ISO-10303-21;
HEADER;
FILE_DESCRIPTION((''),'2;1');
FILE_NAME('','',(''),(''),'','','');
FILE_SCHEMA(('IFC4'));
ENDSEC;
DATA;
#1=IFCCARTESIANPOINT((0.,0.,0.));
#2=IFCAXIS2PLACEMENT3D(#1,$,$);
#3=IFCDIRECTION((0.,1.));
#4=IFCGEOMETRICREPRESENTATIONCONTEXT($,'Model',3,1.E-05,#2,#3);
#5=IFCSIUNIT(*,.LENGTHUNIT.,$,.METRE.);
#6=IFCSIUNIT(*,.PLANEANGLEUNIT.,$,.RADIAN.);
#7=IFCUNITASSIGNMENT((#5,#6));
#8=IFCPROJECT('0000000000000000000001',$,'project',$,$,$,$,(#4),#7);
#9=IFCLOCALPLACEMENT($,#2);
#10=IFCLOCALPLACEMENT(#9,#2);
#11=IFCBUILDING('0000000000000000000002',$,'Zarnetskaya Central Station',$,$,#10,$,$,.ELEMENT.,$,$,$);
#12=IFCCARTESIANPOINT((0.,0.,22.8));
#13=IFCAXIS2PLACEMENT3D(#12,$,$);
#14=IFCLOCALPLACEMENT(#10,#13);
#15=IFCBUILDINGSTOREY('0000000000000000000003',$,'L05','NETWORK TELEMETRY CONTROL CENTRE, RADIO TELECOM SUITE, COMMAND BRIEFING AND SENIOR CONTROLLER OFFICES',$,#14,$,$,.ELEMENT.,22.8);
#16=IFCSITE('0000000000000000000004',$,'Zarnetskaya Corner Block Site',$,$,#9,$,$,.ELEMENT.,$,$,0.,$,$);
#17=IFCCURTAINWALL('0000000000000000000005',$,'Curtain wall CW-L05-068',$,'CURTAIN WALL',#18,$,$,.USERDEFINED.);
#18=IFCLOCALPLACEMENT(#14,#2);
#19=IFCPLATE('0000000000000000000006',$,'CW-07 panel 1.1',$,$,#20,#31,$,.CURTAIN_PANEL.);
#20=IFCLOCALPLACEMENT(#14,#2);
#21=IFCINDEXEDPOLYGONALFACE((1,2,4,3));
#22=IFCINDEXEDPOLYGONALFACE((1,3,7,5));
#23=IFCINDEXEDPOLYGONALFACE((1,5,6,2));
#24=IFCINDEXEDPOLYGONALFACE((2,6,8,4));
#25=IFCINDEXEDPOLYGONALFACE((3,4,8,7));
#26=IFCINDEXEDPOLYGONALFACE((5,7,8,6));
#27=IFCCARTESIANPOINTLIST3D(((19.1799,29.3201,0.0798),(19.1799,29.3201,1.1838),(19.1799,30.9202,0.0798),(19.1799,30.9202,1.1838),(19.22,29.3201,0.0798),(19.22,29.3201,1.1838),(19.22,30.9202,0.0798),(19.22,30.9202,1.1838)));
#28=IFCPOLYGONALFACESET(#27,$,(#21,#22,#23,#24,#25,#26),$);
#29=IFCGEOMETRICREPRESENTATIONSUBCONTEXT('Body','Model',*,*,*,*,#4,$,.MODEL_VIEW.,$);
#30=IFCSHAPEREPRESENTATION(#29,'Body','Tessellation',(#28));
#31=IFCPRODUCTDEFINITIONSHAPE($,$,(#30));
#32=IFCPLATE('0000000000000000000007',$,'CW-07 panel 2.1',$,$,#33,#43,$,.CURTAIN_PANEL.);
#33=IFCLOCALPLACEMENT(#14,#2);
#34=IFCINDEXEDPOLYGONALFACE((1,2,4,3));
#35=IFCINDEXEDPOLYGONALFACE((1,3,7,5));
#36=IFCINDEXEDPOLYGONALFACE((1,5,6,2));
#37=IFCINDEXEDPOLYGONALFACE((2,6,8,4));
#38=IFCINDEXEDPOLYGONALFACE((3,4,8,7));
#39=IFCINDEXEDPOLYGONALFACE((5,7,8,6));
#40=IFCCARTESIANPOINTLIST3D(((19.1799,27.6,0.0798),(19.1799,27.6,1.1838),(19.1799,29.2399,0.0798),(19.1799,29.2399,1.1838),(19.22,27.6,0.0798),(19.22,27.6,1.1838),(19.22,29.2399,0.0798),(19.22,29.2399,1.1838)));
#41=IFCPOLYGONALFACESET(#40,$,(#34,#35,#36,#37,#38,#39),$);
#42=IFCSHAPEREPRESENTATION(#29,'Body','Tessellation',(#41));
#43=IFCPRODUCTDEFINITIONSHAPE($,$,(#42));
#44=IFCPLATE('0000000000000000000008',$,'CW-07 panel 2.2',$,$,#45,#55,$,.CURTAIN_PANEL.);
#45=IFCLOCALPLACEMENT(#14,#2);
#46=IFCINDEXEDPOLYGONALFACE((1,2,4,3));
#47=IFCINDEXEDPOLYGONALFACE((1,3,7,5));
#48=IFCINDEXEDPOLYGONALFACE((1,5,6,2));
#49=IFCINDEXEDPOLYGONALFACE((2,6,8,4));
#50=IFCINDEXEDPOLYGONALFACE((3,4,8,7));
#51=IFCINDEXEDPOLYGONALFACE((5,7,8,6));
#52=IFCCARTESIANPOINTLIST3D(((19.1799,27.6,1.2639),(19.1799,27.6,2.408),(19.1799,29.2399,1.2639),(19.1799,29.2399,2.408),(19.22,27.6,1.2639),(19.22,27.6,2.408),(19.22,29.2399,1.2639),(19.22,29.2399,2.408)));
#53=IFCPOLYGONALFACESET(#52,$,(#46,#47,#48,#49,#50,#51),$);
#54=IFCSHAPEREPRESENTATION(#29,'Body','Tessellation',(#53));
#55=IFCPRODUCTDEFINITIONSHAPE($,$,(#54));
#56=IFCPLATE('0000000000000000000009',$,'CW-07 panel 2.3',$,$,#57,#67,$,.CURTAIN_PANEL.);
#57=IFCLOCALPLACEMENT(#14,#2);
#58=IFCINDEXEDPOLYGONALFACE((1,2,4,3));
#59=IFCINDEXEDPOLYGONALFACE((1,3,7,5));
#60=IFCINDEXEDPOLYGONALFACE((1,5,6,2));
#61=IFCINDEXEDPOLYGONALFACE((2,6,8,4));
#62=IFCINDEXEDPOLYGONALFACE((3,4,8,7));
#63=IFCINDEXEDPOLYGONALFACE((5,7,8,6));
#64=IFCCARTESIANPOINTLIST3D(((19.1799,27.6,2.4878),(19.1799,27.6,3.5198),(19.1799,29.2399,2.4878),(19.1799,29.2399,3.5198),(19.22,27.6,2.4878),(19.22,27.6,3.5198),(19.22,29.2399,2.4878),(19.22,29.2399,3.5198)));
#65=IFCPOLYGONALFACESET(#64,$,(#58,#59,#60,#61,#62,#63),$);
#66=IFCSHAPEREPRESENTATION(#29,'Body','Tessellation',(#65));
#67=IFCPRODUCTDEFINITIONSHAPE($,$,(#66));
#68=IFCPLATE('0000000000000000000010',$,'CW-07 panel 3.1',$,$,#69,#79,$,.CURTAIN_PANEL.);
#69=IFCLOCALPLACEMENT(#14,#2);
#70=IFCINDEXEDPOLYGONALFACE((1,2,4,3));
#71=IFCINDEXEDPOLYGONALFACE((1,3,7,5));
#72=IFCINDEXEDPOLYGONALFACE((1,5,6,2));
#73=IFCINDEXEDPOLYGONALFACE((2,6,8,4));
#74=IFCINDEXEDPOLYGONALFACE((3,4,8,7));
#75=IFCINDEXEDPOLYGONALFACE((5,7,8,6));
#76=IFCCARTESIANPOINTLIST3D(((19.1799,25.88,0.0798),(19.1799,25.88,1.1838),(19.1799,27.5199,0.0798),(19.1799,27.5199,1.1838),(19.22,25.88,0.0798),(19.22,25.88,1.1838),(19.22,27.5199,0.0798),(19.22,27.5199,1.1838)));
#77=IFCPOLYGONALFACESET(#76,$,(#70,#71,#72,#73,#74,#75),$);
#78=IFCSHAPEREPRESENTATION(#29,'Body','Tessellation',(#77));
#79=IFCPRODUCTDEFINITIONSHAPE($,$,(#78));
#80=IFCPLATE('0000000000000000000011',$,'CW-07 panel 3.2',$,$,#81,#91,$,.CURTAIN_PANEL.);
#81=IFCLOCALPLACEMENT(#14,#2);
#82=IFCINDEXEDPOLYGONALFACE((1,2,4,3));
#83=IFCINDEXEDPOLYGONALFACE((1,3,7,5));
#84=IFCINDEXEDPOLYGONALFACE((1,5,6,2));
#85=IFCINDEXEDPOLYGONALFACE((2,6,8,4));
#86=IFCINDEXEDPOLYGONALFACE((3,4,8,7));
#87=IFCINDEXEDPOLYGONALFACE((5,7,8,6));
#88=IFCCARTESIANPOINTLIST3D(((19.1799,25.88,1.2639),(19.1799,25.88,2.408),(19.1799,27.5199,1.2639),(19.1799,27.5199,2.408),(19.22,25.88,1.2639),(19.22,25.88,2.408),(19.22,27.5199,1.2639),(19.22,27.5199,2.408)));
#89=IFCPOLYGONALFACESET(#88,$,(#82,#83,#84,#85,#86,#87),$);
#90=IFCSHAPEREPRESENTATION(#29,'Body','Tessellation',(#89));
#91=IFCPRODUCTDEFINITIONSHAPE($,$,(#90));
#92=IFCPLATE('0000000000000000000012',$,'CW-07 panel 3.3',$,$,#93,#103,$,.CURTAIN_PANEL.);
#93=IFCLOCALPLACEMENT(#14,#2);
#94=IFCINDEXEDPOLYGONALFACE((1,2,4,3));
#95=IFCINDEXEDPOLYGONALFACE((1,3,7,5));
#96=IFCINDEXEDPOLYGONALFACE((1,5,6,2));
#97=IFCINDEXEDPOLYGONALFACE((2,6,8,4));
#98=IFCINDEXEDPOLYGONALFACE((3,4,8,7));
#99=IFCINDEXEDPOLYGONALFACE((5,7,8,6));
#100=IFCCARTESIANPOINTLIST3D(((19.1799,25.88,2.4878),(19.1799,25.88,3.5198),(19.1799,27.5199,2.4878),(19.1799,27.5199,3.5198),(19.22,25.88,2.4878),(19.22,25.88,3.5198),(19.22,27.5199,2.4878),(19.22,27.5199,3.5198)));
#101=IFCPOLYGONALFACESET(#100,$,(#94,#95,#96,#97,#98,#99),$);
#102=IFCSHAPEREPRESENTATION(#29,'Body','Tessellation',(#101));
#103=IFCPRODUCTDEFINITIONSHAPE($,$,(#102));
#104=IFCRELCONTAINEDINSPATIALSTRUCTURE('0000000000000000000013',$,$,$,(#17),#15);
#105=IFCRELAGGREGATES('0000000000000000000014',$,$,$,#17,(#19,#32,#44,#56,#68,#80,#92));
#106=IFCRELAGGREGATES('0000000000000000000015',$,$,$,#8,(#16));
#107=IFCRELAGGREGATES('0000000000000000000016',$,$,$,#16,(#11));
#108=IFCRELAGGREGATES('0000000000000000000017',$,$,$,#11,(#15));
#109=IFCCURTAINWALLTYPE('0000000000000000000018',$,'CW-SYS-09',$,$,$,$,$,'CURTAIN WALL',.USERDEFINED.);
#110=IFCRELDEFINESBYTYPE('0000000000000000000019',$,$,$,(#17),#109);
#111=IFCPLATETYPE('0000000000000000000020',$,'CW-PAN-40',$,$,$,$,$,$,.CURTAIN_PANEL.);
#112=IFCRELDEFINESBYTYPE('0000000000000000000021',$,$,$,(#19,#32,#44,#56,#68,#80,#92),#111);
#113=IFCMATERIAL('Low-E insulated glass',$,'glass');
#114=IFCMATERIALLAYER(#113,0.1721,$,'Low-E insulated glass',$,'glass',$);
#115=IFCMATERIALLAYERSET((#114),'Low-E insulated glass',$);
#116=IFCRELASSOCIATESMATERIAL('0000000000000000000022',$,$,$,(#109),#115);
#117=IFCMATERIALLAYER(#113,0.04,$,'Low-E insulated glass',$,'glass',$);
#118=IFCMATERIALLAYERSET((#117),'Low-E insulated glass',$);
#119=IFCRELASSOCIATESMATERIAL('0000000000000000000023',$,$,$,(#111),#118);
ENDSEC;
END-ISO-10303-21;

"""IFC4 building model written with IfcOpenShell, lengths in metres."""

from ifc_helpers import new_model, si_unit, direction, frame, origin, origin_2d, place, context, subcontext, project, spatial, rectangle, extrude, material, layer, layer_set, type_object, element, aggregate, save


model = new_model("IFC4")

# Units and contexts
model_context = context("Model", 3, precision=1e-05, world=origin(), true_north=direction((0.0, 1.0)))
body_context = subcontext(model_context, "Body", "Model", "MODEL_VIEW")
ifc_project = project(units=[si_unit("LENGTHUNIT", "METRE"), si_unit("PLANEANGLEUNIT", "RADIAN")], contexts=[model_context])

# Site, building, storey
site_placement = place(None, origin())
site = spatial("IfcSite", under=ifc_project, at=site_placement, Name="Zarnetskaya Corner Block Site", CompositionType="ELEMENT", RefElevation=0.0)
building_placement = place(site_placement, origin())
building = spatial("IfcBuilding", under=site, at=building_placement, Name="Zarnetskaya Central Station", CompositionType="ELEMENT")
storey_placement = place(building_placement, frame((0.0, 0.0, 22.8)))
storey = spatial("IfcBuildingStorey", under=building, at=storey_placement, Name="L05", Description="NETWORK TELEMETRY CONTROL CENTRE, RADIO TELECOM SUITE, COMMAND BRIEFING AND SENIOR CONTROLLER OFFICES", CompositionType="ELEMENT", Elevation=22.8)

# Curtain wall, plates
ifc_material_1 = material(Name="Low-E insulated glass", Category="glass")
ifc_layer_1 = layer(ifc_material_1, 0.1721, Name="Low-E insulated glass", Category="glass")
ifc_layer_set_1 = layer_set([ifc_layer_1], Name="Low-E insulated glass")
curtain_wall_type = type_object("IfcCurtainWallType", Name="CW-SYS-09", ElementType="CURTAIN WALL", PredefinedType="USERDEFINED", material=ifc_layer_set_1)
curtain_wall_placement = place(storey_placement, origin())
curtain_wall = element("IfcCurtainWall", 1, at=curtain_wall_placement, inside=storey, type_object=curtain_wall_type, Name="Curtain wall CW-L05-068", ObjectType="CURTAIN WALL", PredefinedType="USERDEFINED")
ifc_layer_2 = layer(ifc_material_1, 0.04, Name="Low-E insulated glass", Category="glass")
ifc_layer_set_2 = layer_set([ifc_layer_2], Name="Low-E insulated glass")
plate_type = type_object("IfcPlateType", Name="CW-PAN-40", PredefinedType="CURTAIN_PANEL", material=ifc_layer_set_2)
plate_1_placement = place(storey_placement, frame((19.2, 30.1201, 0.0798), z_axis=(0.0, 0.0, 1.0), x_axis=(0.0, -1.0, 0.0)))
plate_1 = element("IfcPlate", 2, at=plate_1_placement, type_object=plate_type, Name="CW-07 panel 1.1", PredefinedType="CURTAIN_PANEL", context=body_context, shape_type="SweptSolid", body=[
    extrude(rectangle(XDim=1.6001, YDim=0.04, at=origin_2d()), origin(), (0.0, 0.0, 1.0), 1.104),
])
plate_2_placement = place(storey_placement, frame((19.2, 28.4199, 0.0798), z_axis=(0.0, 0.0, 1.0), x_axis=(0.0, -1.0, 0.0)))
plate_2 = element("IfcPlate", 3, at=plate_2_placement, type_object=plate_type, Name="CW-07 panel 2.1", PredefinedType="CURTAIN_PANEL", context=body_context, shape_type="SweptSolid", body=[
    extrude(rectangle(XDim=1.6399, YDim=0.04, at=origin_2d()), origin(), (0.0, 0.0, 1.0), 1.104),
])
plate_3_placement = place(storey_placement, frame((19.2, 28.4199, 1.2639), z_axis=(0.0, 0.0, 1.0), x_axis=(0.0, -1.0, 0.0)))
plate_3 = element("IfcPlate", 4, at=plate_3_placement, type_object=plate_type, Name="CW-07 panel 2.2", PredefinedType="CURTAIN_PANEL", context=body_context, shape_type="SweptSolid", body=[
    extrude(rectangle(XDim=1.6399, YDim=0.04, at=origin_2d()), origin(), (0.0, 0.0, 1.0), 1.144),
])
plate_4_placement = place(storey_placement, frame((19.2, 28.4199, 2.4878), z_axis=(0.0, 0.0, 1.0), x_axis=(0.0, -1.0, 0.0)))
plate_4 = element("IfcPlate", 5, at=plate_4_placement, type_object=plate_type, Name="CW-07 panel 2.3", PredefinedType="CURTAIN_PANEL", context=body_context, shape_type="SweptSolid", body=[
    extrude(rectangle(XDim=1.6399, YDim=0.04, at=origin_2d()), origin(), (0.0, 0.0, 1.0), 1.032),
])
plate_5_placement = place(storey_placement, frame((19.2, 26.7, 0.0798), z_axis=(0.0, 0.0, 1.0), x_axis=(0.0, -1.0, 0.0)))
plate_5 = element("IfcPlate", 6, at=plate_5_placement, type_object=plate_type, Name="CW-07 panel 3.1", PredefinedType="CURTAIN_PANEL", context=body_context, shape_type="SweptSolid", body=[
    extrude(rectangle(XDim=1.6399, YDim=0.04, at=origin_2d()), origin(), (0.0, 0.0, 1.0), 1.104),
])
plate_6_placement = place(storey_placement, frame((19.2, 26.7, 1.2639), z_axis=(0.0, 0.0, 1.0), x_axis=(0.0, -1.0, 0.0)))
plate_6 = element("IfcPlate", 7, at=plate_6_placement, type_object=plate_type, Name="CW-07 panel 3.2", PredefinedType="CURTAIN_PANEL", context=body_context, shape_type="SweptSolid", body=[
    extrude(rectangle(XDim=1.6399, YDim=0.04, at=origin_2d()), origin(), (0.0, 0.0, 1.0), 1.144),
])
plate_7_placement = place(storey_placement, frame((19.2, 26.7, 2.4878), z_axis=(0.0, 0.0, 1.0), x_axis=(0.0, -1.0, 0.0)))
plate_7 = element("IfcPlate", 8, at=plate_7_placement, type_object=plate_type, Name="CW-07 panel 3.3", PredefinedType="CURTAIN_PANEL", context=body_context, shape_type="SweptSolid", body=[
    extrude(rectangle(XDim=1.6399, YDim=0.04, at=origin_2d()), origin(), (0.0, 0.0, 1.0), 1.032),
])
aggregate(curtain_wall, [plate_1, plate_2, plate_3, plate_4, plate_5, plate_6, plate_7])

save(model, "model.ifc")
